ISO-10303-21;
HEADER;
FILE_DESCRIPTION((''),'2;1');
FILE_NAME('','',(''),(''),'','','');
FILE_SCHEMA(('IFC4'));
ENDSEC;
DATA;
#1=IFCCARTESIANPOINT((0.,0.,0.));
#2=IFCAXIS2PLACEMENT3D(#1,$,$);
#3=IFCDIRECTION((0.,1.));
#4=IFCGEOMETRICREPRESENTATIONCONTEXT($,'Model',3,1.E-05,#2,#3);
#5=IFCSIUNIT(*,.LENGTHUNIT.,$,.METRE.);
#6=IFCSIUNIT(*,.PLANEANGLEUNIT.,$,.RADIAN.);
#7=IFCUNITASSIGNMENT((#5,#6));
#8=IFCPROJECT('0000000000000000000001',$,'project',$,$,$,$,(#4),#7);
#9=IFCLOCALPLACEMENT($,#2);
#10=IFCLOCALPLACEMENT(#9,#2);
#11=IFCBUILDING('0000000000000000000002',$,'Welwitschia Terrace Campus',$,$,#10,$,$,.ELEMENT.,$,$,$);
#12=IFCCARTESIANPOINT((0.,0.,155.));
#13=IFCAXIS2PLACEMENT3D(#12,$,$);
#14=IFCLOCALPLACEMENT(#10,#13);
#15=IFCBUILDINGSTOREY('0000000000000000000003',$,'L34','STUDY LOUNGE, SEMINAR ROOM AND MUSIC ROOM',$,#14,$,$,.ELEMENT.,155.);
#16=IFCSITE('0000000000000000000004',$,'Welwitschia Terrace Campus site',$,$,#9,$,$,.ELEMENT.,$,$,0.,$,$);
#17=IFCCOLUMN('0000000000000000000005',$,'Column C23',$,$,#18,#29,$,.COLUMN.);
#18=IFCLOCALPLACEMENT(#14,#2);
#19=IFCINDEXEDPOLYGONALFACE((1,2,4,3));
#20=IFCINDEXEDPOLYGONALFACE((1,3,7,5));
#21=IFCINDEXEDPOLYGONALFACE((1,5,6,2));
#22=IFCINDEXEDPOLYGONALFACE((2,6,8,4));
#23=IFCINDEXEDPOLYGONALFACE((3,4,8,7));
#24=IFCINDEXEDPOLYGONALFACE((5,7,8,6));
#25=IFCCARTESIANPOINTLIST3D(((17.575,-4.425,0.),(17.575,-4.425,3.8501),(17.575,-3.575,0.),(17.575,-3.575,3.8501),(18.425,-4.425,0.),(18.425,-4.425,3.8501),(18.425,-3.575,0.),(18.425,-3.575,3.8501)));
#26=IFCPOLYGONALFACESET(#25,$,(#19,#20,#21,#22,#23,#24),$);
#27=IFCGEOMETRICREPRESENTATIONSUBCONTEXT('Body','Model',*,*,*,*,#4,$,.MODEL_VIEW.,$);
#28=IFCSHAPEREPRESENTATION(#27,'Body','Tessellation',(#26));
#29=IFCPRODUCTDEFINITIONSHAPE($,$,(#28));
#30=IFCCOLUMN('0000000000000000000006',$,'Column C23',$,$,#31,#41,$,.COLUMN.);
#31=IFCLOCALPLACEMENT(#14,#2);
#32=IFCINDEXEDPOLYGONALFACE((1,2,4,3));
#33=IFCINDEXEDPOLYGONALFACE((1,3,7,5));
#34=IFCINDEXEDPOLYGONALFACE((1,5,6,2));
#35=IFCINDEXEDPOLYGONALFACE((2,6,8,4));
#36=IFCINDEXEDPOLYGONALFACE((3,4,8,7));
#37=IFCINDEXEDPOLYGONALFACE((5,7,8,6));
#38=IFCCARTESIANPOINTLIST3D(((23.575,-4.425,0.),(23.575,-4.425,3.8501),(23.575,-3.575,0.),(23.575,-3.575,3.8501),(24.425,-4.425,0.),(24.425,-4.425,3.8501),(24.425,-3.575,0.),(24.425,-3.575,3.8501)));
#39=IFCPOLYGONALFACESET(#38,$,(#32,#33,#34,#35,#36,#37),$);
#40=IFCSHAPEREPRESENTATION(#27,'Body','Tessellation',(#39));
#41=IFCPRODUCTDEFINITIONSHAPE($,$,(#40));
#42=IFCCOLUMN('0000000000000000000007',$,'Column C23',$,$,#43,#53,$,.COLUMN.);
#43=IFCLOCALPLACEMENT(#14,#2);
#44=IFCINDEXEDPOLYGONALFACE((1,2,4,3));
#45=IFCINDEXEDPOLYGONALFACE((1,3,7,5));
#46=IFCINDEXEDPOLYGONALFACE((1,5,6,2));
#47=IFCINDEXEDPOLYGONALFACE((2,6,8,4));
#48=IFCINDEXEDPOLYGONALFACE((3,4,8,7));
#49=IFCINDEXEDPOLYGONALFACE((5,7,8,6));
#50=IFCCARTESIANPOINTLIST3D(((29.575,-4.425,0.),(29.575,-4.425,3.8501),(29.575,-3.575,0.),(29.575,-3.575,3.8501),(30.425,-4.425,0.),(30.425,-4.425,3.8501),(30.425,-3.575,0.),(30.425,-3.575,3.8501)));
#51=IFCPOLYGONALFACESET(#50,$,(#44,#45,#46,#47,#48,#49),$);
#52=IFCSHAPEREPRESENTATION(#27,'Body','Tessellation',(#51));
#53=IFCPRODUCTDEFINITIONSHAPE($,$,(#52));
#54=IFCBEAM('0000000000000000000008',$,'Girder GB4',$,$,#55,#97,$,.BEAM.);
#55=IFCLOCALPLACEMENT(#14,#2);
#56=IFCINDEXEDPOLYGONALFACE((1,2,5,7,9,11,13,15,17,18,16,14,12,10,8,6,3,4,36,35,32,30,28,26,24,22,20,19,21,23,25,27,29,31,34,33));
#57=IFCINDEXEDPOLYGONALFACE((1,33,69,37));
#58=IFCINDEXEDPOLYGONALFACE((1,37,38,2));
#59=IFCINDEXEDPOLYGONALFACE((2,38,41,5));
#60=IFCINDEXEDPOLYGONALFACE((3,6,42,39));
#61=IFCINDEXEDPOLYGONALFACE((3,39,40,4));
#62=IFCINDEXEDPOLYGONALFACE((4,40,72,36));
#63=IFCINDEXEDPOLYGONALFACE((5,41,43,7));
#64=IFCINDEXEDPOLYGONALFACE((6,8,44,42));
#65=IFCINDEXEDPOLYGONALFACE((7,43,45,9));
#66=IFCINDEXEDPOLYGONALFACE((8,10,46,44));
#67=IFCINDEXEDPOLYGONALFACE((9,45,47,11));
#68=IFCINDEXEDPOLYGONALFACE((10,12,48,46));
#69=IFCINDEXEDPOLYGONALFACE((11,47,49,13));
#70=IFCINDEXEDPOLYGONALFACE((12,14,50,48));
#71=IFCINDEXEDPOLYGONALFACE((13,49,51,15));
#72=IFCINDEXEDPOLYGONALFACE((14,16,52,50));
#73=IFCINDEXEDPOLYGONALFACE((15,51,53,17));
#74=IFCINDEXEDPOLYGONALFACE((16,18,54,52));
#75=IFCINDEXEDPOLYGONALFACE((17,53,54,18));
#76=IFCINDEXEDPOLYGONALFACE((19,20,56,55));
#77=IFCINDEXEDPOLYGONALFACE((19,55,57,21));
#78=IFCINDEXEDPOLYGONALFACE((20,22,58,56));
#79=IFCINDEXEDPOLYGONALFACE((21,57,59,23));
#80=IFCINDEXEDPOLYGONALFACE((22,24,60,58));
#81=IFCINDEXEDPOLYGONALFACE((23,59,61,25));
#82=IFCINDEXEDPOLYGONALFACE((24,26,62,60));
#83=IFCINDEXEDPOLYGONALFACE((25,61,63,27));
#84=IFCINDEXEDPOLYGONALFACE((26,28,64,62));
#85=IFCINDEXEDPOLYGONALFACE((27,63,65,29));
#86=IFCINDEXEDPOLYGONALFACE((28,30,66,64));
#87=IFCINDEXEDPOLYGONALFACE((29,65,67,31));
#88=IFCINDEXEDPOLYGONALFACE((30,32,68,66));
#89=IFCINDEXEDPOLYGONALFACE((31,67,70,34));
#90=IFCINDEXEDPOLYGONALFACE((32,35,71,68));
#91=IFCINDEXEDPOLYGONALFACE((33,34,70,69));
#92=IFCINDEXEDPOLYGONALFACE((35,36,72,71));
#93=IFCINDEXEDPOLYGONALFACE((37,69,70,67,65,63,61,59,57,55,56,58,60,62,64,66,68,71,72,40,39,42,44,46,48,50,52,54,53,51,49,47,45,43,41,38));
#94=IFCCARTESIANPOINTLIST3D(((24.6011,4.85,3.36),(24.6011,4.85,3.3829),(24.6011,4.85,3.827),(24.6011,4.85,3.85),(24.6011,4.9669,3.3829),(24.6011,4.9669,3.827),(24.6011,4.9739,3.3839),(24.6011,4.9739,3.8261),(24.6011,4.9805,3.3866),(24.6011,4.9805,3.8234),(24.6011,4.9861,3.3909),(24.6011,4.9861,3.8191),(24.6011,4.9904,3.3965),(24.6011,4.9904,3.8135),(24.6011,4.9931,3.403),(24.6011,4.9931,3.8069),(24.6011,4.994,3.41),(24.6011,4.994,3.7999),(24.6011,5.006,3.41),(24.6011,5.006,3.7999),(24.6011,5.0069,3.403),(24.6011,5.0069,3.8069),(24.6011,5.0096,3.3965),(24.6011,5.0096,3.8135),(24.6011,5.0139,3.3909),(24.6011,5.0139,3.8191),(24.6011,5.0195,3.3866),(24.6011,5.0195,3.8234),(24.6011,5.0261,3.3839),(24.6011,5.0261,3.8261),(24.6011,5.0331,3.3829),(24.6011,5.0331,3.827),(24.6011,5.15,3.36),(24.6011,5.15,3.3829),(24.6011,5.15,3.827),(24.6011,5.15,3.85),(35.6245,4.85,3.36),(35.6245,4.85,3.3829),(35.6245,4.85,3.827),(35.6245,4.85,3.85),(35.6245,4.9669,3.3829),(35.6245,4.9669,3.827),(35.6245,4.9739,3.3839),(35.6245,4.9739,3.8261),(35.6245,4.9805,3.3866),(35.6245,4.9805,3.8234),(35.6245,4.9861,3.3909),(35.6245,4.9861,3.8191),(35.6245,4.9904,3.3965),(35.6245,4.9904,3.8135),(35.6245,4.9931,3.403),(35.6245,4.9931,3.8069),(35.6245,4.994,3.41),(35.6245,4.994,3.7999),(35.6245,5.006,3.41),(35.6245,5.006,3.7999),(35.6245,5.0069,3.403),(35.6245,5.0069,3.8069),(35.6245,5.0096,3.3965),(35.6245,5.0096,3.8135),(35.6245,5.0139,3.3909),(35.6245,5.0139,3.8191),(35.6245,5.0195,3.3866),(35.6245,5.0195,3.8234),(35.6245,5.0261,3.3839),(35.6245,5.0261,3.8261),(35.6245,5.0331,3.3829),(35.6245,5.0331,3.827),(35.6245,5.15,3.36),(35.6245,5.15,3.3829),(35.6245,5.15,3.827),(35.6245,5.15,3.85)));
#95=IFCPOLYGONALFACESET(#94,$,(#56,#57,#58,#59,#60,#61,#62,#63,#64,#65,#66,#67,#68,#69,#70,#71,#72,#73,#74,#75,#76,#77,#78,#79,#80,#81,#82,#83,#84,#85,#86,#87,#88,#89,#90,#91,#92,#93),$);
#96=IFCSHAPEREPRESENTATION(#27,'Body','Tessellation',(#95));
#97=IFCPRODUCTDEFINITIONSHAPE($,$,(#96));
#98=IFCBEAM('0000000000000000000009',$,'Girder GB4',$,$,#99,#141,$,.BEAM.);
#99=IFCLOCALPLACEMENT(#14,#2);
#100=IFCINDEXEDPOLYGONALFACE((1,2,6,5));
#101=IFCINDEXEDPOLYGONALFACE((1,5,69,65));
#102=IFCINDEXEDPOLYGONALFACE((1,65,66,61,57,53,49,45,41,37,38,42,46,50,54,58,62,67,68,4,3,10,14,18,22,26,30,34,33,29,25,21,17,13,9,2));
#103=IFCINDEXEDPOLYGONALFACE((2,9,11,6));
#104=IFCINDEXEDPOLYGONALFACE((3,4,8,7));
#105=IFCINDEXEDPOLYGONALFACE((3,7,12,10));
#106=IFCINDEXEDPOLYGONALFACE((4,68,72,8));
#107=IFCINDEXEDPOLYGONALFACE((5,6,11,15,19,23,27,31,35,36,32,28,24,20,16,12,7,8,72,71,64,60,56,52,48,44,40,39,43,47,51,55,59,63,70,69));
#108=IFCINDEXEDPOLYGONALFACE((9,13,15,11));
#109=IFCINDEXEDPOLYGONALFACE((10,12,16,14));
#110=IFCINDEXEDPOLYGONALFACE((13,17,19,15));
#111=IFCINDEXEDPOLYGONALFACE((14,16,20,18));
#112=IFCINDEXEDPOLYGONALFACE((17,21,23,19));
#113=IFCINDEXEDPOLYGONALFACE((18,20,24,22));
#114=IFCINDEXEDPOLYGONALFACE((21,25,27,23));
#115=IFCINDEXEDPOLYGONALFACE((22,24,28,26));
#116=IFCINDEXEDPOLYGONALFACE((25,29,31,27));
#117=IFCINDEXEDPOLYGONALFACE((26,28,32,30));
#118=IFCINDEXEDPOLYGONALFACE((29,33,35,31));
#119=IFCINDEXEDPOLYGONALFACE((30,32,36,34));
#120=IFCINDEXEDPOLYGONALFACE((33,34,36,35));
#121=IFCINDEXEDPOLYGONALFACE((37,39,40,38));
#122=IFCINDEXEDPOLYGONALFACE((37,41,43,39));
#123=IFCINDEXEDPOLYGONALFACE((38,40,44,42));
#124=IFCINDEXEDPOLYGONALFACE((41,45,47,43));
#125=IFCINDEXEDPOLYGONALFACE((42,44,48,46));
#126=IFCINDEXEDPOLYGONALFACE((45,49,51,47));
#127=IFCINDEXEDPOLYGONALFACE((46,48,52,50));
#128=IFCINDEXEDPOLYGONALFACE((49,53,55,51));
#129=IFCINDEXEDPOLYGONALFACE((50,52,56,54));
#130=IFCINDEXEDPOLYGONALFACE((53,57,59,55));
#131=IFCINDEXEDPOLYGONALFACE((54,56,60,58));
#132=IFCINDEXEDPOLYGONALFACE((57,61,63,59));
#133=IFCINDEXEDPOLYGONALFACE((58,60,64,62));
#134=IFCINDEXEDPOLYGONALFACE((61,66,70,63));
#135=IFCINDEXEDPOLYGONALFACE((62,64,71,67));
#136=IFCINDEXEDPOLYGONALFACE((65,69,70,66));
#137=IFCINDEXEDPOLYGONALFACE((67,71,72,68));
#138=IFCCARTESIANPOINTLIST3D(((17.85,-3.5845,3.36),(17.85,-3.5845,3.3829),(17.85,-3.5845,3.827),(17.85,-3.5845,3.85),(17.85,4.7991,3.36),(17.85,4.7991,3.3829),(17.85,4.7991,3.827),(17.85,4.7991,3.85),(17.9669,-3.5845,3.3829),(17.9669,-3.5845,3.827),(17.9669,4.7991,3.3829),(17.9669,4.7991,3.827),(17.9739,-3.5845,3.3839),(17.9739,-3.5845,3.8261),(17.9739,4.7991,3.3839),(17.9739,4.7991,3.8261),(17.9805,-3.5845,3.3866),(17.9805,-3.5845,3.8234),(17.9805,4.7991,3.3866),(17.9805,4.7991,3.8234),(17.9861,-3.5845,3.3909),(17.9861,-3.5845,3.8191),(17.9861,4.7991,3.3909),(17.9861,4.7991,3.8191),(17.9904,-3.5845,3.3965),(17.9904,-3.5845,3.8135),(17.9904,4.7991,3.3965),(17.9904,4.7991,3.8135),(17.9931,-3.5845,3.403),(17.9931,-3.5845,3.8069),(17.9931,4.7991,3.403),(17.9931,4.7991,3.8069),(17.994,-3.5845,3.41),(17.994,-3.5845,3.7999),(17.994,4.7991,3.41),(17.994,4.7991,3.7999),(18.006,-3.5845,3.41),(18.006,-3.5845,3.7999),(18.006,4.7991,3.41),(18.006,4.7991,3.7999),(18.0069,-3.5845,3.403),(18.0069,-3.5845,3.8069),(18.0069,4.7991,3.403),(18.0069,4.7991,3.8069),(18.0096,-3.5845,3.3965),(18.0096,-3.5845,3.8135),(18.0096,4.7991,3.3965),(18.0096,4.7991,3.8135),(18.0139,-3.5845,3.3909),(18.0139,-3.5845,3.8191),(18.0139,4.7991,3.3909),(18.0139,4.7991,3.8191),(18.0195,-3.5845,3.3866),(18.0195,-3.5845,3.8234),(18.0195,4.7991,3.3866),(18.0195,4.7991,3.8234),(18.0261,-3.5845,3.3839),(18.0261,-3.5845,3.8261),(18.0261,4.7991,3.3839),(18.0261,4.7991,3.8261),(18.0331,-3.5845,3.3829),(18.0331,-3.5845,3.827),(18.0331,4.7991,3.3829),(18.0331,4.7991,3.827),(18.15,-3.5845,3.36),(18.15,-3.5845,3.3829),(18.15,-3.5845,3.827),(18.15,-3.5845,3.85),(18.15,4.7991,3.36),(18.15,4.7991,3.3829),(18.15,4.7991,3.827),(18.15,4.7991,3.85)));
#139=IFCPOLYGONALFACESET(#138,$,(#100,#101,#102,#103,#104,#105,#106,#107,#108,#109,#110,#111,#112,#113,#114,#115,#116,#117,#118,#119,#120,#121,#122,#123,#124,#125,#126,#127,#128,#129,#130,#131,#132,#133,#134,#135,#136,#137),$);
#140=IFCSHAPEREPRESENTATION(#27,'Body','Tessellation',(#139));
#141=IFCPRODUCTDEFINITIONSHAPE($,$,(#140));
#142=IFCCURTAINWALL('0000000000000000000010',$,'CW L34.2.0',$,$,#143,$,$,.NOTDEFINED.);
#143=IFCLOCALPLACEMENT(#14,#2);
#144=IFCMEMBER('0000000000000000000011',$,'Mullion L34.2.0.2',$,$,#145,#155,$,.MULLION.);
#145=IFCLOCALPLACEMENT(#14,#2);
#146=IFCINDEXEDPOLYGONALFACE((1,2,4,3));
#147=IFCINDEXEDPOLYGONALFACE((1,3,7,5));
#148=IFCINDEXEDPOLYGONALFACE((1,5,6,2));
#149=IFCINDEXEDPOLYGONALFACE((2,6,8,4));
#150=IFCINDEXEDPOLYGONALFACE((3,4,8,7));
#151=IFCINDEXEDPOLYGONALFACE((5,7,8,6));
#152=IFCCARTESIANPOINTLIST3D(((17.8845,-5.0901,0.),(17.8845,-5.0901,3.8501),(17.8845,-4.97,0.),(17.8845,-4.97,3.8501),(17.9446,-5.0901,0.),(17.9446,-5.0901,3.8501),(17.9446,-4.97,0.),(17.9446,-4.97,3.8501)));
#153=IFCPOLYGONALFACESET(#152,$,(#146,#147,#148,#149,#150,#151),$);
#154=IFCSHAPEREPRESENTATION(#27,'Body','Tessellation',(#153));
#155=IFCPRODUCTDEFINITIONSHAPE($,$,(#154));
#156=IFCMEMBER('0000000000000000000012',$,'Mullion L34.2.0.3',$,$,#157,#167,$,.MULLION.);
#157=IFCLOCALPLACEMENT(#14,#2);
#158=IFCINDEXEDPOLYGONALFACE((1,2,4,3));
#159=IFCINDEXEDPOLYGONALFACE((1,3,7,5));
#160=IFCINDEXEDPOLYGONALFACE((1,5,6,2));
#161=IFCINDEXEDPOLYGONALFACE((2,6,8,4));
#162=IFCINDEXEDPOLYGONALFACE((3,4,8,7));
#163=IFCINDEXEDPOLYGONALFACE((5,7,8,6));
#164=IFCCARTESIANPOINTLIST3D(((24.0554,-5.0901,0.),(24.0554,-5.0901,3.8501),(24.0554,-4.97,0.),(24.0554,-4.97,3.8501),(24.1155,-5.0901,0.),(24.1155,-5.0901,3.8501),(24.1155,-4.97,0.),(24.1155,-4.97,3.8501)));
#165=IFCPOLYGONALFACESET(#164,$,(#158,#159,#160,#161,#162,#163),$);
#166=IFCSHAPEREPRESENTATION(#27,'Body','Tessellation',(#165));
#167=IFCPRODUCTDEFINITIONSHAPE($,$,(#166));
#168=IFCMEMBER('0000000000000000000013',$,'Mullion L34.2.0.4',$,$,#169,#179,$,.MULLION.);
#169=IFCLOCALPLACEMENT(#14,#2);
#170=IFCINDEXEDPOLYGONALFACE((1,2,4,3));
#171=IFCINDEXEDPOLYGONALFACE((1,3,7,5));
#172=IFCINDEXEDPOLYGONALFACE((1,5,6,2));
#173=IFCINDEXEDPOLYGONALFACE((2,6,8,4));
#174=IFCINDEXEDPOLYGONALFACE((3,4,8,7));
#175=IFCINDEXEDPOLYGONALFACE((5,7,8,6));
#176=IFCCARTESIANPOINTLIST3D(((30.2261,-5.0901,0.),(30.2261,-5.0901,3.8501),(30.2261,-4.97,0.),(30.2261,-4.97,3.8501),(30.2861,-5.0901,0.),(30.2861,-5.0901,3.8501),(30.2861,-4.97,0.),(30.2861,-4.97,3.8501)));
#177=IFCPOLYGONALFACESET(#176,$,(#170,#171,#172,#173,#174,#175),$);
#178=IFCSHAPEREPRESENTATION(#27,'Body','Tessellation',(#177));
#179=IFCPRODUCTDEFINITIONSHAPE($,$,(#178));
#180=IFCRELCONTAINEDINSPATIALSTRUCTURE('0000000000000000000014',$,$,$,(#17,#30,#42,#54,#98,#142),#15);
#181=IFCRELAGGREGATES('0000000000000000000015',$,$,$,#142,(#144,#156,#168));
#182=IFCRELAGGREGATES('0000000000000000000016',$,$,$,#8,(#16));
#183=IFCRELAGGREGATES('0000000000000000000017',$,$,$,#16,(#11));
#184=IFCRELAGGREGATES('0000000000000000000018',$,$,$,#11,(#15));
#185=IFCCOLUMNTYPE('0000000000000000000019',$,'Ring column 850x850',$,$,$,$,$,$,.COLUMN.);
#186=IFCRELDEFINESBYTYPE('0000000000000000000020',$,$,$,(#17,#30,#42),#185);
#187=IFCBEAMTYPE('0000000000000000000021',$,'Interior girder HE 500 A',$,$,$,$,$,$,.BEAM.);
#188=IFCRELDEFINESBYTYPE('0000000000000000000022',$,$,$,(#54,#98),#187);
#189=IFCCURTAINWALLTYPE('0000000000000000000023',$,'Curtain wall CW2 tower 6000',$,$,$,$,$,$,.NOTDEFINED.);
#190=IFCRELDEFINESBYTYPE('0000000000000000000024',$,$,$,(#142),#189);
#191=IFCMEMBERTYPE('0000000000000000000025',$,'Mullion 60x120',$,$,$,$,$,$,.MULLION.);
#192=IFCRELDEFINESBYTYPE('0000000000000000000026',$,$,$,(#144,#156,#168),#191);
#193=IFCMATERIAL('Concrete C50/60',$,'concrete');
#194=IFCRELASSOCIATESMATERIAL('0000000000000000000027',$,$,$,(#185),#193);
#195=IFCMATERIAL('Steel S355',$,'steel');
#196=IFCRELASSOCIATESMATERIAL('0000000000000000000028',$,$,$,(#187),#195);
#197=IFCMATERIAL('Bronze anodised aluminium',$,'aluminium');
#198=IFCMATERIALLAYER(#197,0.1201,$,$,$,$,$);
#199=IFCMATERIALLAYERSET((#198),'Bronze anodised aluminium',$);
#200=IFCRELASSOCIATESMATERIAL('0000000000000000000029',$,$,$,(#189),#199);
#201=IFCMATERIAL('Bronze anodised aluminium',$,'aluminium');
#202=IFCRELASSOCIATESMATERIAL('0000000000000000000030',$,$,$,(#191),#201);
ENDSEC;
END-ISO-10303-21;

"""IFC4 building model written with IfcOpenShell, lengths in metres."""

from ifc_helpers import new_model, si_unit, direction, frame, origin, origin_2d, place, context, subcontext, project, spatial, rectangle, i_section, extrude, material, layer, layer_set, material_profile, profile_set, type_object, element, aggregate, save


model = new_model("IFC4")

# Units and contexts
model_context = context("Model", 3, precision=1e-05, world=origin(), true_north=direction((0.0, 1.0)))
body_context = subcontext(model_context, "Body", "Model", "MODEL_VIEW")
ifc_project = project(units=[si_unit("LENGTHUNIT", "METRE"), si_unit("PLANEANGLEUNIT", "RADIAN")], contexts=[model_context])

# Site, building, storey
site_placement = place(None, origin())
site = spatial("IfcSite", under=ifc_project, at=site_placement, Name="Welwitschia Terrace Campus site", CompositionType="ELEMENT", RefElevation=0.0)
building_placement = place(site_placement, origin())
building = spatial("IfcBuilding", under=site, at=building_placement, Name="Welwitschia Terrace Campus", CompositionType="ELEMENT")
storey_placement = place(building_placement, frame((0.0, 0.0, 155.0)))
storey = spatial("IfcBuildingStorey", under=building, at=storey_placement, Name="L34", Description="STUDY LOUNGE, SEMINAR ROOM AND MUSIC ROOM", CompositionType="ELEMENT", Elevation=155.0)

# Columns
ifc_material_1 = material(Name="Concrete C50/60", Category="concrete")
ifc_material_profile_1 = material_profile(ifc_material_1, rectangle(XDim=0.8501, YDim=0.8501, at=origin_2d()))
ifc_profile_set_1 = profile_set([ifc_material_profile_1], Name="Concrete C50/60")
column_type = type_object("IfcColumnType", Name="Ring column 850x850", PredefinedType="COLUMN", material=ifc_profile_set_1)
for number, where, z_axis, x_axis, name in (
    (1, (18.0, -4.0, 0.0), (0.0, 0.0, 1.0), (1.0, 0.0, 0.0), "Column C23"),
    (2, (24.0, -4.0, 0.0), (0.0, 0.0, 1.0), (1.0, 0.0, 0.0), "Column C23"),
    (3, (30.0, -4.0, 0.0), (0.0, 0.0, 1.0), (1.0, 0.0, 0.0), "Column C23"),
):
    element("IfcColumn", number, at=place(storey_placement, frame(where, z_axis=z_axis, x_axis=x_axis)), inside=storey, type_object=column_type, Name=name, PredefinedType="COLUMN", context=body_context, shape_type="SweptSolid", body=[
        extrude(rectangle(XDim=0.8501, YDim=0.8501, at=origin_2d()), origin(), (0.0, 0.0, 1.0), 3.8501),
    ])

# Beams
ifc_material_2 = material(Name="Steel S355", Category="steel")
ifc_material_profile_2 = material_profile(ifc_material_2, i_section(OverallWidth=0.3, OverallDepth=0.49, WebThickness=0.012, FlangeThickness=0.0229, FilletRadius=0.0271, at=origin_2d()))
ifc_profile_set_2 = profile_set([ifc_material_profile_2], Name="Steel S355")
beam_type_1 = type_object("IfcBeamType", Name="Interior girder HE 500 A", PredefinedType="BEAM", material=ifc_profile_set_2)
beam_1_placement = place(storey_placement, frame((24.6011, 5.0, 3.605), z_axis=(1.0, 0.0, 0.0), x_axis=(0.0, 1.0, 0.0)))
element("IfcBeam", 4, at=beam_1_placement, inside=storey, type_object=beam_type_1, Name="Girder GB4", PredefinedType="BEAM", context=body_context, shape_type="SweptSolid", body=[
    extrude(i_section(OverallWidth=0.3, OverallDepth=0.49, WebThickness=0.012, FlangeThickness=0.0229, FilletRadius=0.0271, at=origin_2d()), origin(), (0.0, 0.0, 1.0), 11.0234),
])
beam_2_placement = place(storey_placement, frame((18.0, -3.5845, 3.605), z_axis=(0.0, 1.0, 0.0), x_axis=(-1.0, 0.0, 0.0)))
element("IfcBeam", 5, at=beam_2_placement, inside=storey, type_object=beam_type_1, Name="Girder GB4", PredefinedType="BEAM", context=body_context, shape_type="SweptSolid", body=[
    extrude(i_section(OverallWidth=0.3, OverallDepth=0.49, WebThickness=0.012, FlangeThickness=0.0229, FilletRadius=0.0271, at=origin_2d()), origin(), (0.0, 0.0, 1.0), 8.3835),
])

# Curtain wall, members
ifc_material_3 = material(Name="Bronze anodised aluminium", Category="aluminium")
ifc_layer_1 = layer(ifc_material_3, 0.1201)
ifc_layer_set_1 = layer_set([ifc_layer_1], Name="Bronze anodised aluminium")
curtain_wall_type = type_object("IfcCurtainWallType", Name="Curtain wall CW2 tower 6000", PredefinedType="NOTDEFINED", material=ifc_layer_set_1)
curtain_wall_placement = place(storey_placement, origin())
curtain_wall = element("IfcCurtainWall", 6, at=curtain_wall_placement, inside=storey, type_object=curtain_wall_type, Name="CW L34.2.0", PredefinedType="NOTDEFINED")
ifc_material_4 = material(Name="Bronze anodised aluminium", Category="aluminium")
ifc_material_profile_3 = material_profile(ifc_material_4, rectangle(XDim=0.1201, YDim=0.0601, at=origin_2d()))
ifc_profile_set_3 = profile_set([ifc_material_profile_3], Name="Bronze anodised aluminium")
member_type = type_object("IfcMemberType", Name="Mullion 60x120", PredefinedType="MULLION", material=ifc_profile_set_3)
member_1_placement = place(storey_placement, frame((17.9146, -5.03, 0.0), z_axis=(0.0, 0.0, 1.0), x_axis=(0.0, 1.0, 0.0)))
member_1 = element("IfcMember", 7, at=member_1_placement, type_object=member_type, Name="Mullion L34.2.0.2", PredefinedType="MULLION", context=body_context, shape_type="SweptSolid", body=[
    extrude(rectangle(XDim=0.1201, YDim=0.0601, at=origin_2d()), origin(), (0.0, 0.0, 1.0), 3.8501),
])
member_2_placement = place(storey_placement, frame((24.0854, -5.03, 0.0), z_axis=(0.0, 0.0, 1.0), x_axis=(0.0, 1.0, 0.0)))
member_2 = element("IfcMember", 8, at=member_2_placement, type_object=member_type, Name="Mullion L34.2.0.3", PredefinedType="MULLION", context=body_context, shape_type="SweptSolid", body=[
    extrude(rectangle(XDim=0.1201, YDim=0.0601, at=origin_2d()), origin(), (0.0, 0.0, 1.0), 3.8501),
])
member_3_placement = place(storey_placement, frame((30.2561, -5.03, 0.0), z_axis=(0.0, 0.0, 1.0), x_axis=(0.0, 1.0, 0.0)))
member_3 = element("IfcMember", 9, at=member_3_placement, type_object=member_type, Name="Mullion L34.2.0.4", PredefinedType="MULLION", context=body_context, shape_type="SweptSolid", body=[
    extrude(rectangle(XDim=0.1201, YDim=0.0601, at=origin_2d()), origin(), (0.0, 0.0, 1.0), 3.8501),
])

aggregate(curtain_wall, [member_1, member_2, member_3])

save(model, "model.ifc")
